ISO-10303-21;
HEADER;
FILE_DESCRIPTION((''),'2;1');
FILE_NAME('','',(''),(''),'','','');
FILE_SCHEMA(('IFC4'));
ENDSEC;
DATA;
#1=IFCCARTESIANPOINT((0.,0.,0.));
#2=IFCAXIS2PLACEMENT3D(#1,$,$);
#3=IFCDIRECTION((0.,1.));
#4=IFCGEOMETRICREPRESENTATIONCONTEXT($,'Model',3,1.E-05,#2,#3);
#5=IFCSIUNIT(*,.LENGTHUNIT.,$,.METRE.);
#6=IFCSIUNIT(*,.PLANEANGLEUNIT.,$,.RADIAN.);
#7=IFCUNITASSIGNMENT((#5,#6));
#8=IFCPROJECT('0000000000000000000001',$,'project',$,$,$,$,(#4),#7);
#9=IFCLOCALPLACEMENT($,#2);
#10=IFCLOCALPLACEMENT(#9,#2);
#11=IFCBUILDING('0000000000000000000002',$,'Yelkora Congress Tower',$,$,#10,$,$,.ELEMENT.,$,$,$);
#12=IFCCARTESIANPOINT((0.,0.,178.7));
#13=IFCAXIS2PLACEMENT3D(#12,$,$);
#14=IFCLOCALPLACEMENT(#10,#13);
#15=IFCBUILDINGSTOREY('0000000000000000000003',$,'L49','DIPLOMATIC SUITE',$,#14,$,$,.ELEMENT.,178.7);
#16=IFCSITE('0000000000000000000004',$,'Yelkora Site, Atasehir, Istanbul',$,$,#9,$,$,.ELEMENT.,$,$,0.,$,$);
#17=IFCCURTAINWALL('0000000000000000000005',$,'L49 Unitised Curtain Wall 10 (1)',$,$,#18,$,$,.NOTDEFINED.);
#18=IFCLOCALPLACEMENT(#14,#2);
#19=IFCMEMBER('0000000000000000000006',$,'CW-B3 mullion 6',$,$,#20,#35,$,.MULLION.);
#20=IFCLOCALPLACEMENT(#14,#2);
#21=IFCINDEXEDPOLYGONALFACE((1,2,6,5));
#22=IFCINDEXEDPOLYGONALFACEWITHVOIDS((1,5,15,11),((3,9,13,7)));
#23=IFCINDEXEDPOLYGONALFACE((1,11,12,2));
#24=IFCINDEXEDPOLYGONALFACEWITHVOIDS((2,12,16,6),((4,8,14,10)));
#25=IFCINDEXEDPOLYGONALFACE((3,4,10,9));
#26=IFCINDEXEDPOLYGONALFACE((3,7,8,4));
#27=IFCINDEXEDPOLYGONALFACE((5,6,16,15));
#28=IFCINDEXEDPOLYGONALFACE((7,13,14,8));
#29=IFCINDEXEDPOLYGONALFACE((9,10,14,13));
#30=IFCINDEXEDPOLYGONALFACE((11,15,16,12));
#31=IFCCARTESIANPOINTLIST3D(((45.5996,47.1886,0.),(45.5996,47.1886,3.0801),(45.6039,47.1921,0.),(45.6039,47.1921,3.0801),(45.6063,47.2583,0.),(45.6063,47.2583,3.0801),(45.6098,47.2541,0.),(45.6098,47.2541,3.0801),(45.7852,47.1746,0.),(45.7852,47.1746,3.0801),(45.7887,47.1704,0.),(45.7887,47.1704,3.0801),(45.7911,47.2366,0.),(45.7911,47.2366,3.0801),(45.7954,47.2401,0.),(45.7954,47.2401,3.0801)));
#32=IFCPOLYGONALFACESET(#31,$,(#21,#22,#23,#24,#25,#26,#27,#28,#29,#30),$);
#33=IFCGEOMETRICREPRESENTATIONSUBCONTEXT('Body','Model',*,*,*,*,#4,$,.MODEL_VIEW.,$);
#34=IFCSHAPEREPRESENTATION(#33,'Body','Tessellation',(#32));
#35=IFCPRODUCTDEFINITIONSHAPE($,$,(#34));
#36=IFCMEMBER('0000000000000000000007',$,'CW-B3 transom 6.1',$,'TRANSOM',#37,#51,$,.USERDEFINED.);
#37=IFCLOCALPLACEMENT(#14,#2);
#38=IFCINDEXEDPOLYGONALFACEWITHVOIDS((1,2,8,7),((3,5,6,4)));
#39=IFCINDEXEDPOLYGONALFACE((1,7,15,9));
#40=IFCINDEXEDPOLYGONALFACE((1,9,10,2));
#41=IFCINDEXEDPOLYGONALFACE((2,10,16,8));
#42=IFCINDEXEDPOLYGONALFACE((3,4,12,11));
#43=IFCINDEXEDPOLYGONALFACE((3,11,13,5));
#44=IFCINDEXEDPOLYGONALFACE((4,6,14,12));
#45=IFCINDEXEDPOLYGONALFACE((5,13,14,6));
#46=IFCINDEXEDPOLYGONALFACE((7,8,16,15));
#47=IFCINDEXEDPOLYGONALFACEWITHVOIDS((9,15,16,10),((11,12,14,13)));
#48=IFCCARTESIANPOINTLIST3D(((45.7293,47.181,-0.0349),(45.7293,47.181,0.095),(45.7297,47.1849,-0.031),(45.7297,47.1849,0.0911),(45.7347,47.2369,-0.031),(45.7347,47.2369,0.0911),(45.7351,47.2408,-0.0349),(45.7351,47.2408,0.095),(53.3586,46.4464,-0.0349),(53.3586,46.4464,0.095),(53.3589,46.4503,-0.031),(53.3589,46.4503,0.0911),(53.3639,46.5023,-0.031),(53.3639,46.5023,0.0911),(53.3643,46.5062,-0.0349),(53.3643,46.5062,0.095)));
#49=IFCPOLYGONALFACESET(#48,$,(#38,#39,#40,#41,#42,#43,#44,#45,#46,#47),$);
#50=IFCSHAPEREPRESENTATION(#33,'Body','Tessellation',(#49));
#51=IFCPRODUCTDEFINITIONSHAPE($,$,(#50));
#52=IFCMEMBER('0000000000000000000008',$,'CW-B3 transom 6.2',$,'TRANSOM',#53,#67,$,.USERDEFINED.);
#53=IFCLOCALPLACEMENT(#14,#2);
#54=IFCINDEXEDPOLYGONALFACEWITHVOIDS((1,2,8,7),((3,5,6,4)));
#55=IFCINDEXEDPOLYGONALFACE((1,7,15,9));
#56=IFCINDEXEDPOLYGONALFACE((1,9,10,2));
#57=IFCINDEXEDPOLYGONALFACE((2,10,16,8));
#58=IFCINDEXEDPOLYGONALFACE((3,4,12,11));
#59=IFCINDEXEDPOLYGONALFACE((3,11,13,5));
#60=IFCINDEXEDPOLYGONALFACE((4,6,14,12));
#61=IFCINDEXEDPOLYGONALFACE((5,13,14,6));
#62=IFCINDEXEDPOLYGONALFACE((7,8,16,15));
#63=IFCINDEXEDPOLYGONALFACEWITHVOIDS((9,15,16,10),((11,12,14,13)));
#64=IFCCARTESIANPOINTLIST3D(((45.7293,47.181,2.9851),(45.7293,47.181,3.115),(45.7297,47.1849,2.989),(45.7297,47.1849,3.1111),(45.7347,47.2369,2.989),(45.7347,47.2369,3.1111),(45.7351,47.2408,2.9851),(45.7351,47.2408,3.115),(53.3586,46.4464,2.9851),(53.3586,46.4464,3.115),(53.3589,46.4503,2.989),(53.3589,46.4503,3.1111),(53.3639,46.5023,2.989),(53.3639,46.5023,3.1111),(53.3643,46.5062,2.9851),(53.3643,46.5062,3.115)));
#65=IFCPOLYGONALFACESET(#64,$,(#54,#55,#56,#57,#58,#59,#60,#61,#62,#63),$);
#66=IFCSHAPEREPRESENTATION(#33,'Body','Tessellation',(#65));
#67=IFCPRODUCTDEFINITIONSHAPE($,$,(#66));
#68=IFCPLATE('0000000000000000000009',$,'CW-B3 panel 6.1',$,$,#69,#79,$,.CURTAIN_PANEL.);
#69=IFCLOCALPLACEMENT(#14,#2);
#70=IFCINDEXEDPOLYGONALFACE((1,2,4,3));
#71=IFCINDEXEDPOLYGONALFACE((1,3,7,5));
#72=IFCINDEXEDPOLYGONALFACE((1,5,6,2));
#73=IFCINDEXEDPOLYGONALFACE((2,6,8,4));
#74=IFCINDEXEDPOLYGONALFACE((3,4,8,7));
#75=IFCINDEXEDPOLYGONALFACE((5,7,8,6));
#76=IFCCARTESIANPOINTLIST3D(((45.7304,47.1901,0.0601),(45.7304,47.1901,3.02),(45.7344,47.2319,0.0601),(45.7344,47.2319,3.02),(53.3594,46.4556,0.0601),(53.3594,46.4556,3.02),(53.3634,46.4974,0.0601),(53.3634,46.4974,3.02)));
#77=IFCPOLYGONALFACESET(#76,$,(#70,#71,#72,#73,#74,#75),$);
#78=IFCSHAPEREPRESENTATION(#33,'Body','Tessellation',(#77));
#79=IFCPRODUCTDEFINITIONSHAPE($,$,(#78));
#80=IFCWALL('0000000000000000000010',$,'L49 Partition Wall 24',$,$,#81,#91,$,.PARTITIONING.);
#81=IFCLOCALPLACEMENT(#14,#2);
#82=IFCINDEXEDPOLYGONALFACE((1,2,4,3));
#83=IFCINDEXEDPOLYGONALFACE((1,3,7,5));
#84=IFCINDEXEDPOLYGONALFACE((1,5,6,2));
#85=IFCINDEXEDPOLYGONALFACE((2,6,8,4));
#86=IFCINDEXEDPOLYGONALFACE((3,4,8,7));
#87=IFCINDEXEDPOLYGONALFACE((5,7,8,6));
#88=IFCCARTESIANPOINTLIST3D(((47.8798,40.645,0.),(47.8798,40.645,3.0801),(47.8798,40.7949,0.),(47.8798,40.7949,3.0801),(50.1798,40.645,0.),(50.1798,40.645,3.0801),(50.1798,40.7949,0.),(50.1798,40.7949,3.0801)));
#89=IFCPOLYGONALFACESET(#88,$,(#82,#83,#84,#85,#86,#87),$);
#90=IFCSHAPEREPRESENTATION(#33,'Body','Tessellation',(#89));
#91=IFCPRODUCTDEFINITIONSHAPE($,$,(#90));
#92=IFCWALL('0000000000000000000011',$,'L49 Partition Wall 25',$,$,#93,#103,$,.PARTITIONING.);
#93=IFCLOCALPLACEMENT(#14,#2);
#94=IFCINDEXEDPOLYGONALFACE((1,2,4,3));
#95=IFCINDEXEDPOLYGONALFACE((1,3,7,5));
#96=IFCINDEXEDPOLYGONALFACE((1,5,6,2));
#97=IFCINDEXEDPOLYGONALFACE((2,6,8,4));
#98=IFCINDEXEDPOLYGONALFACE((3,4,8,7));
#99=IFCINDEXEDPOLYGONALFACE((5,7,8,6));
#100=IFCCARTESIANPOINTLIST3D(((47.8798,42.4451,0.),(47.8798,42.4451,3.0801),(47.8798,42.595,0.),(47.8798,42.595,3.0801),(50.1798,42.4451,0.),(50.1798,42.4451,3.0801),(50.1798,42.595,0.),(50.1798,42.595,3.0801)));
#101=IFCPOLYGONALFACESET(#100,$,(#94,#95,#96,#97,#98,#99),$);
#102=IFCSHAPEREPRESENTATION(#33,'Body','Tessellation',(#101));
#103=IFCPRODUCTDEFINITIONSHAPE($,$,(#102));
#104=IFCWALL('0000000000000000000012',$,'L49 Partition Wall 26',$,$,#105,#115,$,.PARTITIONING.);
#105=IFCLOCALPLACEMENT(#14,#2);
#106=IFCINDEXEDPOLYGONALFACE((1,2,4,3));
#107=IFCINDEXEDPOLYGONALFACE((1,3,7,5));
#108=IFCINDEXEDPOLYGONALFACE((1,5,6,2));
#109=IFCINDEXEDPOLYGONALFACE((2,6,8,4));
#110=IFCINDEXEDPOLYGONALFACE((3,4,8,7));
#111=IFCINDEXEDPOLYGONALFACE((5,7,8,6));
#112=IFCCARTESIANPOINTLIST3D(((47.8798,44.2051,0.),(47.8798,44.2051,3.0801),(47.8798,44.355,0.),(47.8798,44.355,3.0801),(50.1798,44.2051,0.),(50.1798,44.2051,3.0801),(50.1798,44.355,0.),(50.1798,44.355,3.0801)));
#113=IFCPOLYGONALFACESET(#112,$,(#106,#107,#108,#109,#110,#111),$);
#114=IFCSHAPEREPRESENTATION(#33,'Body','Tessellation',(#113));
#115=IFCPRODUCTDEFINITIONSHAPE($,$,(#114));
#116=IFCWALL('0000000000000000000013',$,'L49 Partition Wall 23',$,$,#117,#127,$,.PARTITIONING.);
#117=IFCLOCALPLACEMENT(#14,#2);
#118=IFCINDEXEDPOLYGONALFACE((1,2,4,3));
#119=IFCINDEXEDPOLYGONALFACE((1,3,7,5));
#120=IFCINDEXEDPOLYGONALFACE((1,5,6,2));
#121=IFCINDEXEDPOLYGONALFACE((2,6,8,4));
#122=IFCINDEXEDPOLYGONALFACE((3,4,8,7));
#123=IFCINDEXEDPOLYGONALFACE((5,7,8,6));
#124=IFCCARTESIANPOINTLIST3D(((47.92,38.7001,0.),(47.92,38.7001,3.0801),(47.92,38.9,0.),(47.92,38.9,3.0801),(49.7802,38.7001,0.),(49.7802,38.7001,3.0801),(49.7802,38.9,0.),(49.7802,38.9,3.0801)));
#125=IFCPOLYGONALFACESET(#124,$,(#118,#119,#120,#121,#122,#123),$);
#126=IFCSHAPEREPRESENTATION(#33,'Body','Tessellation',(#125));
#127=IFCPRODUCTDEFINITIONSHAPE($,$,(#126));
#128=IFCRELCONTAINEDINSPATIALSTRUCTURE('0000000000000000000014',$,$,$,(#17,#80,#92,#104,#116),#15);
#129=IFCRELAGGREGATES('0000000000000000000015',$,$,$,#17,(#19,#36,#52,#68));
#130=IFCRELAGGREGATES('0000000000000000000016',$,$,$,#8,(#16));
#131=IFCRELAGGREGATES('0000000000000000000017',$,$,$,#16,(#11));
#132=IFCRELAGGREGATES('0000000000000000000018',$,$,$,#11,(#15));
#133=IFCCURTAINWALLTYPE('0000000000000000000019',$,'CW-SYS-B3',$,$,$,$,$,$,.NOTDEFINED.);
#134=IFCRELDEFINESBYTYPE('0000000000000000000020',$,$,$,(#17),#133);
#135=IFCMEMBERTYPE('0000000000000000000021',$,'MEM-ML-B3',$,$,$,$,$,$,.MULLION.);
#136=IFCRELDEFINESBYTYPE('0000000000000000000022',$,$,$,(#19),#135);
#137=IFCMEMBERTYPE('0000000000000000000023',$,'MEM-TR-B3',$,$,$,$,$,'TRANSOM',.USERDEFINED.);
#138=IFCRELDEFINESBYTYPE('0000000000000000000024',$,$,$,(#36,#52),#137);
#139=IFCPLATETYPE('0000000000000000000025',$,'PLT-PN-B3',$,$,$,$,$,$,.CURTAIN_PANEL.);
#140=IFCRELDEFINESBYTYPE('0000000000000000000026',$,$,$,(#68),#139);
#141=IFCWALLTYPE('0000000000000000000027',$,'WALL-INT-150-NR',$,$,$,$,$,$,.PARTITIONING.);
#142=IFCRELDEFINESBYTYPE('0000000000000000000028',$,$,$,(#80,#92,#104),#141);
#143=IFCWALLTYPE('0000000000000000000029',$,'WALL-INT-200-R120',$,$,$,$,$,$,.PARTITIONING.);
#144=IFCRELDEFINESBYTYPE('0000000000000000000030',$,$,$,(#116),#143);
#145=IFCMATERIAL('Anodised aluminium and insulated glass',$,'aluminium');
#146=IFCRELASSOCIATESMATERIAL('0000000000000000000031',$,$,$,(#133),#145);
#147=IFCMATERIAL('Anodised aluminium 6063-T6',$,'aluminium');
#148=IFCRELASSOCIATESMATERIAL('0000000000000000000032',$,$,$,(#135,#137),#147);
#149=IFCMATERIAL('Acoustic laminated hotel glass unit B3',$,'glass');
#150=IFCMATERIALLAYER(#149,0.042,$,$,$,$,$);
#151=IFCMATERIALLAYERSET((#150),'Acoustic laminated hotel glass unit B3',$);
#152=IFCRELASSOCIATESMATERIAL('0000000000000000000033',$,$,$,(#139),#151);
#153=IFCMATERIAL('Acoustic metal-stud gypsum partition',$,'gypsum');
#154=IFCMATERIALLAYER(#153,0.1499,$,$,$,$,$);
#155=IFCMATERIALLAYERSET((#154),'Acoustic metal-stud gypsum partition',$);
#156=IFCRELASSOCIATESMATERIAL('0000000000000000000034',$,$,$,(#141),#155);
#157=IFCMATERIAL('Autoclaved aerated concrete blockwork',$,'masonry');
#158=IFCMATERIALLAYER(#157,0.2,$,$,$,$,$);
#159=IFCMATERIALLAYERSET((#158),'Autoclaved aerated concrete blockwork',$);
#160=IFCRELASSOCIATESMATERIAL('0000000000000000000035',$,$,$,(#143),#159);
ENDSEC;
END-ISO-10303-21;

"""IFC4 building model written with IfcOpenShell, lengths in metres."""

from ifc_helpers import new_model, si_unit, direction, frame, frame_2d, origin, origin_2d, place, context, subcontext, project, spatial, rectangle, hollow_rectangle, extrude, material, layer, layer_set, material_profile, profile_set, type_object, element, aggregate, save


model = new_model("IFC4")

# Units and contexts
model_context = context("Model", 3, precision=1e-05, world=origin(), true_north=direction((0.0, 1.0)))
body_context = subcontext(model_context, "Body", "Model", "MODEL_VIEW")
ifc_project = project(units=[si_unit("LENGTHUNIT", "METRE"), si_unit("PLANEANGLEUNIT", "RADIAN")], contexts=[model_context])

# Site, building, storey
site_placement = place(None, origin())
site = spatial("IfcSite", under=ifc_project, at=site_placement, Name="Yelkora Site, Atasehir, Istanbul", CompositionType="ELEMENT", RefElevation=0.0)
building_placement = place(site_placement, origin())
building = spatial("IfcBuilding", under=site, at=building_placement, Name="Yelkora Congress Tower", CompositionType="ELEMENT")
storey_placement = place(building_placement, frame((0.0, 0.0, 178.7)))
storey = spatial("IfcBuildingStorey", under=building, at=storey_placement, Name="L49", Description="DIPLOMATIC SUITE", CompositionType="ELEMENT", Elevation=178.7)

# Curtain wall, members, plate
ifc_material_1 = material(Name="Anodised aluminium and insulated glass", Category="aluminium")
curtain_wall_type = type_object("IfcCurtainWallType", Name="CW-SYS-B3", PredefinedType="NOTDEFINED", material=ifc_material_1)
curtain_wall_placement = place(storey_placement, origin())
curtain_wall = element("IfcCurtainWall", 1, at=curtain_wall_placement, inside=storey, type_object=curtain_wall_type, Name="L49 Unitised Curtain Wall 10 (1)", PredefinedType="NOTDEFINED")
ifc_material_2 = material(Name="Anodised aluminium 6063-T6", Category="aluminium")
ifc_material_profile_1 = material_profile(ifc_material_2, hollow_rectangle(XDim=0.0701, YDim=0.1899, WallThickness=0.0039, at=origin_2d()), Name="ALU 70x190x4")
ifc_profile_set_1 = profile_set([ifc_material_profile_1], Name="Anodised aluminium 6063-T6")
member_type_1 = type_object("IfcMemberType", Name="MEM-ML-B3", PredefinedType="MULLION", material=ifc_profile_set_1)
member_1_placement = place(storey_placement, frame((45.6975, 47.2144, 0.0), z_axis=(0.0, 0.0, 1.0), x_axis=(0.095845, 0.995396, 0.0)))
member_1 = element("IfcMember", 2, at=member_1_placement, type_object=member_type_1, Name="CW-B3 mullion 6", PredefinedType="MULLION", context=body_context, shape_type="SweptSolid", body=[
    extrude(hollow_rectangle(XDim=0.0701, YDim=0.1899, WallThickness=0.0039, at=origin_2d()), origin(), (0.0, 0.0, 1.0), 3.0801),
])
ifc_material_profile_2 = material_profile(ifc_material_2, hollow_rectangle(XDim=0.0601, YDim=0.1299, WallThickness=0.0039, at=origin_2d()), Name="ALU 60x130x4")
ifc_profile_set_2 = profile_set([ifc_material_profile_2], Name="Anodised aluminium 6063-T6")
member_type_2 = type_object("IfcMemberType", Name="MEM-TR-B3", ElementType="TRANSOM", PredefinedType="USERDEFINED", material=ifc_profile_set_2)
member_2_placement = place(storey_placement, frame((45.7322, 47.2109, 0.03), z_axis=(0.995396, -0.095848, 0.0), x_axis=(0.095848, 0.995396, 0.0)))
member_2 = element("IfcMember", 3, at=member_2_placement, type_object=member_type_2, Name="CW-B3 transom 6.1", ObjectType="TRANSOM", PredefinedType="USERDEFINED", context=body_context, shape_type="SweptSolid", body=[
    extrude(hollow_rectangle(XDim=0.0601, YDim=0.1299, WallThickness=0.0039, at=origin_2d()), origin(), (0.0, 0.0, 1.0), 7.6646),
])
member_3_placement = place(storey_placement, frame((45.7322, 47.2109, 3.05), z_axis=(0.995396, -0.095848, 0.0), x_axis=(0.095848, 0.995396, 0.0)))
member_3 = element("IfcMember", 4, at=member_3_placement, type_object=member_type_2, Name="CW-B3 transom 6.2", ObjectType="TRANSOM", PredefinedType="USERDEFINED", context=body_context, shape_type="SweptSolid", body=[
    extrude(hollow_rectangle(XDim=0.0601, YDim=0.1299, WallThickness=0.0039, at=origin_2d()), origin(), (0.0, 0.0, 1.0), 7.6646),
])
ifc_material_3 = material(Name="Acoustic laminated hotel glass unit B3", Category="glass")
ifc_layer_1 = layer(ifc_material_3, 0.042)
ifc_layer_set_1 = layer_set([ifc_layer_1], Name="Acoustic laminated hotel glass unit B3")
plate_type = type_object("IfcPlateType", Name="PLT-PN-B3", PredefinedType="CURTAIN_PANEL", material=ifc_layer_set_1)
plate_placement = place(storey_placement, frame((49.5469, 46.8438, 0.0601), z_axis=(0.0, 0.0, 1.0), x_axis=(0.995396, -0.095845, 0.0)))
plate = element("IfcPlate", 5, at=plate_placement, type_object=plate_type, Name="CW-B3 panel 6.1", PredefinedType="CURTAIN_PANEL", context=body_context, shape_type="SweptSolid", body=[
    extrude(rectangle(XDim=7.6643, YDim=0.042, at=origin_2d()), origin(), (0.0, 0.0, 1.0), 2.96),
])
aggregate(curtain_wall, [member_1, member_2, member_3, plate])

# Walls
ifc_material_4 = material(Name="Acoustic metal-stud gypsum partition", Category="gypsum")
ifc_layer_2 = layer(ifc_material_4, 0.1499)
ifc_layer_set_2 = layer_set([ifc_layer_2], Name="Acoustic metal-stud gypsum partition")
wall_type_1 = type_object("IfcWallType", Name="WALL-INT-150-NR", PredefinedType="PARTITIONING", material=ifc_layer_set_2)
for number, where, z_axis, x_axis, name in (
    (6, (47.8799, 40.72, 0.0), (0.0, 0.0, 1.0), (1.0, 0.0, 0.0), "L49 Partition Wall 24"),
    (7, (47.8799, 42.52, 0.0), (0.0, 0.0, 1.0), (1.0, 0.0, 0.0), "L49 Partition Wall 25"),
    (8, (47.8799, 44.28, 0.0), (0.0, 0.0, 1.0), (1.0, 0.0, 0.0), "L49 Partition Wall 26"),
):
    element("IfcWall", number, at=place(storey_placement, frame(where, z_axis=z_axis, x_axis=x_axis)), inside=storey, type_object=wall_type_1, Name=name, PredefinedType="PARTITIONING", context=body_context, shape_type="SweptSolid", body=[
        extrude(rectangle(XDim=2.3, YDim=0.1499, at=frame_2d((1.1499, 0.0))), origin(), (0.0, 0.0, 1.0), 3.0801),
    ])

# Wall
ifc_material_5 = material(Name="Autoclaved aerated concrete blockwork", Category="masonry")
ifc_layer_3 = layer(ifc_material_5, 0.2)
ifc_layer_set_3 = layer_set([ifc_layer_3], Name="Autoclaved aerated concrete blockwork")
wall_type_2 = type_object("IfcWallType", Name="WALL-INT-200-R120", PredefinedType="PARTITIONING", material=ifc_layer_set_3)
wall_1_placement = place(storey_placement, frame((47.9199, 38.8, 0.0), z_axis=(0.0, 0.0, 1.0), x_axis=(1.0, 0.0, 0.0)))
element("IfcWall", 9, at=wall_1_placement, inside=storey, type_object=wall_type_2, Name="L49 Partition Wall 23", PredefinedType="PARTITIONING", context=body_context, shape_type="SweptSolid", body=[
    extrude(rectangle(XDim=1.8601, YDim=0.2, at=frame_2d((0.9302, 0.0))), origin(), (0.0, 0.0, 1.0), 3.0801),
])

save(model, "model.ifc")
